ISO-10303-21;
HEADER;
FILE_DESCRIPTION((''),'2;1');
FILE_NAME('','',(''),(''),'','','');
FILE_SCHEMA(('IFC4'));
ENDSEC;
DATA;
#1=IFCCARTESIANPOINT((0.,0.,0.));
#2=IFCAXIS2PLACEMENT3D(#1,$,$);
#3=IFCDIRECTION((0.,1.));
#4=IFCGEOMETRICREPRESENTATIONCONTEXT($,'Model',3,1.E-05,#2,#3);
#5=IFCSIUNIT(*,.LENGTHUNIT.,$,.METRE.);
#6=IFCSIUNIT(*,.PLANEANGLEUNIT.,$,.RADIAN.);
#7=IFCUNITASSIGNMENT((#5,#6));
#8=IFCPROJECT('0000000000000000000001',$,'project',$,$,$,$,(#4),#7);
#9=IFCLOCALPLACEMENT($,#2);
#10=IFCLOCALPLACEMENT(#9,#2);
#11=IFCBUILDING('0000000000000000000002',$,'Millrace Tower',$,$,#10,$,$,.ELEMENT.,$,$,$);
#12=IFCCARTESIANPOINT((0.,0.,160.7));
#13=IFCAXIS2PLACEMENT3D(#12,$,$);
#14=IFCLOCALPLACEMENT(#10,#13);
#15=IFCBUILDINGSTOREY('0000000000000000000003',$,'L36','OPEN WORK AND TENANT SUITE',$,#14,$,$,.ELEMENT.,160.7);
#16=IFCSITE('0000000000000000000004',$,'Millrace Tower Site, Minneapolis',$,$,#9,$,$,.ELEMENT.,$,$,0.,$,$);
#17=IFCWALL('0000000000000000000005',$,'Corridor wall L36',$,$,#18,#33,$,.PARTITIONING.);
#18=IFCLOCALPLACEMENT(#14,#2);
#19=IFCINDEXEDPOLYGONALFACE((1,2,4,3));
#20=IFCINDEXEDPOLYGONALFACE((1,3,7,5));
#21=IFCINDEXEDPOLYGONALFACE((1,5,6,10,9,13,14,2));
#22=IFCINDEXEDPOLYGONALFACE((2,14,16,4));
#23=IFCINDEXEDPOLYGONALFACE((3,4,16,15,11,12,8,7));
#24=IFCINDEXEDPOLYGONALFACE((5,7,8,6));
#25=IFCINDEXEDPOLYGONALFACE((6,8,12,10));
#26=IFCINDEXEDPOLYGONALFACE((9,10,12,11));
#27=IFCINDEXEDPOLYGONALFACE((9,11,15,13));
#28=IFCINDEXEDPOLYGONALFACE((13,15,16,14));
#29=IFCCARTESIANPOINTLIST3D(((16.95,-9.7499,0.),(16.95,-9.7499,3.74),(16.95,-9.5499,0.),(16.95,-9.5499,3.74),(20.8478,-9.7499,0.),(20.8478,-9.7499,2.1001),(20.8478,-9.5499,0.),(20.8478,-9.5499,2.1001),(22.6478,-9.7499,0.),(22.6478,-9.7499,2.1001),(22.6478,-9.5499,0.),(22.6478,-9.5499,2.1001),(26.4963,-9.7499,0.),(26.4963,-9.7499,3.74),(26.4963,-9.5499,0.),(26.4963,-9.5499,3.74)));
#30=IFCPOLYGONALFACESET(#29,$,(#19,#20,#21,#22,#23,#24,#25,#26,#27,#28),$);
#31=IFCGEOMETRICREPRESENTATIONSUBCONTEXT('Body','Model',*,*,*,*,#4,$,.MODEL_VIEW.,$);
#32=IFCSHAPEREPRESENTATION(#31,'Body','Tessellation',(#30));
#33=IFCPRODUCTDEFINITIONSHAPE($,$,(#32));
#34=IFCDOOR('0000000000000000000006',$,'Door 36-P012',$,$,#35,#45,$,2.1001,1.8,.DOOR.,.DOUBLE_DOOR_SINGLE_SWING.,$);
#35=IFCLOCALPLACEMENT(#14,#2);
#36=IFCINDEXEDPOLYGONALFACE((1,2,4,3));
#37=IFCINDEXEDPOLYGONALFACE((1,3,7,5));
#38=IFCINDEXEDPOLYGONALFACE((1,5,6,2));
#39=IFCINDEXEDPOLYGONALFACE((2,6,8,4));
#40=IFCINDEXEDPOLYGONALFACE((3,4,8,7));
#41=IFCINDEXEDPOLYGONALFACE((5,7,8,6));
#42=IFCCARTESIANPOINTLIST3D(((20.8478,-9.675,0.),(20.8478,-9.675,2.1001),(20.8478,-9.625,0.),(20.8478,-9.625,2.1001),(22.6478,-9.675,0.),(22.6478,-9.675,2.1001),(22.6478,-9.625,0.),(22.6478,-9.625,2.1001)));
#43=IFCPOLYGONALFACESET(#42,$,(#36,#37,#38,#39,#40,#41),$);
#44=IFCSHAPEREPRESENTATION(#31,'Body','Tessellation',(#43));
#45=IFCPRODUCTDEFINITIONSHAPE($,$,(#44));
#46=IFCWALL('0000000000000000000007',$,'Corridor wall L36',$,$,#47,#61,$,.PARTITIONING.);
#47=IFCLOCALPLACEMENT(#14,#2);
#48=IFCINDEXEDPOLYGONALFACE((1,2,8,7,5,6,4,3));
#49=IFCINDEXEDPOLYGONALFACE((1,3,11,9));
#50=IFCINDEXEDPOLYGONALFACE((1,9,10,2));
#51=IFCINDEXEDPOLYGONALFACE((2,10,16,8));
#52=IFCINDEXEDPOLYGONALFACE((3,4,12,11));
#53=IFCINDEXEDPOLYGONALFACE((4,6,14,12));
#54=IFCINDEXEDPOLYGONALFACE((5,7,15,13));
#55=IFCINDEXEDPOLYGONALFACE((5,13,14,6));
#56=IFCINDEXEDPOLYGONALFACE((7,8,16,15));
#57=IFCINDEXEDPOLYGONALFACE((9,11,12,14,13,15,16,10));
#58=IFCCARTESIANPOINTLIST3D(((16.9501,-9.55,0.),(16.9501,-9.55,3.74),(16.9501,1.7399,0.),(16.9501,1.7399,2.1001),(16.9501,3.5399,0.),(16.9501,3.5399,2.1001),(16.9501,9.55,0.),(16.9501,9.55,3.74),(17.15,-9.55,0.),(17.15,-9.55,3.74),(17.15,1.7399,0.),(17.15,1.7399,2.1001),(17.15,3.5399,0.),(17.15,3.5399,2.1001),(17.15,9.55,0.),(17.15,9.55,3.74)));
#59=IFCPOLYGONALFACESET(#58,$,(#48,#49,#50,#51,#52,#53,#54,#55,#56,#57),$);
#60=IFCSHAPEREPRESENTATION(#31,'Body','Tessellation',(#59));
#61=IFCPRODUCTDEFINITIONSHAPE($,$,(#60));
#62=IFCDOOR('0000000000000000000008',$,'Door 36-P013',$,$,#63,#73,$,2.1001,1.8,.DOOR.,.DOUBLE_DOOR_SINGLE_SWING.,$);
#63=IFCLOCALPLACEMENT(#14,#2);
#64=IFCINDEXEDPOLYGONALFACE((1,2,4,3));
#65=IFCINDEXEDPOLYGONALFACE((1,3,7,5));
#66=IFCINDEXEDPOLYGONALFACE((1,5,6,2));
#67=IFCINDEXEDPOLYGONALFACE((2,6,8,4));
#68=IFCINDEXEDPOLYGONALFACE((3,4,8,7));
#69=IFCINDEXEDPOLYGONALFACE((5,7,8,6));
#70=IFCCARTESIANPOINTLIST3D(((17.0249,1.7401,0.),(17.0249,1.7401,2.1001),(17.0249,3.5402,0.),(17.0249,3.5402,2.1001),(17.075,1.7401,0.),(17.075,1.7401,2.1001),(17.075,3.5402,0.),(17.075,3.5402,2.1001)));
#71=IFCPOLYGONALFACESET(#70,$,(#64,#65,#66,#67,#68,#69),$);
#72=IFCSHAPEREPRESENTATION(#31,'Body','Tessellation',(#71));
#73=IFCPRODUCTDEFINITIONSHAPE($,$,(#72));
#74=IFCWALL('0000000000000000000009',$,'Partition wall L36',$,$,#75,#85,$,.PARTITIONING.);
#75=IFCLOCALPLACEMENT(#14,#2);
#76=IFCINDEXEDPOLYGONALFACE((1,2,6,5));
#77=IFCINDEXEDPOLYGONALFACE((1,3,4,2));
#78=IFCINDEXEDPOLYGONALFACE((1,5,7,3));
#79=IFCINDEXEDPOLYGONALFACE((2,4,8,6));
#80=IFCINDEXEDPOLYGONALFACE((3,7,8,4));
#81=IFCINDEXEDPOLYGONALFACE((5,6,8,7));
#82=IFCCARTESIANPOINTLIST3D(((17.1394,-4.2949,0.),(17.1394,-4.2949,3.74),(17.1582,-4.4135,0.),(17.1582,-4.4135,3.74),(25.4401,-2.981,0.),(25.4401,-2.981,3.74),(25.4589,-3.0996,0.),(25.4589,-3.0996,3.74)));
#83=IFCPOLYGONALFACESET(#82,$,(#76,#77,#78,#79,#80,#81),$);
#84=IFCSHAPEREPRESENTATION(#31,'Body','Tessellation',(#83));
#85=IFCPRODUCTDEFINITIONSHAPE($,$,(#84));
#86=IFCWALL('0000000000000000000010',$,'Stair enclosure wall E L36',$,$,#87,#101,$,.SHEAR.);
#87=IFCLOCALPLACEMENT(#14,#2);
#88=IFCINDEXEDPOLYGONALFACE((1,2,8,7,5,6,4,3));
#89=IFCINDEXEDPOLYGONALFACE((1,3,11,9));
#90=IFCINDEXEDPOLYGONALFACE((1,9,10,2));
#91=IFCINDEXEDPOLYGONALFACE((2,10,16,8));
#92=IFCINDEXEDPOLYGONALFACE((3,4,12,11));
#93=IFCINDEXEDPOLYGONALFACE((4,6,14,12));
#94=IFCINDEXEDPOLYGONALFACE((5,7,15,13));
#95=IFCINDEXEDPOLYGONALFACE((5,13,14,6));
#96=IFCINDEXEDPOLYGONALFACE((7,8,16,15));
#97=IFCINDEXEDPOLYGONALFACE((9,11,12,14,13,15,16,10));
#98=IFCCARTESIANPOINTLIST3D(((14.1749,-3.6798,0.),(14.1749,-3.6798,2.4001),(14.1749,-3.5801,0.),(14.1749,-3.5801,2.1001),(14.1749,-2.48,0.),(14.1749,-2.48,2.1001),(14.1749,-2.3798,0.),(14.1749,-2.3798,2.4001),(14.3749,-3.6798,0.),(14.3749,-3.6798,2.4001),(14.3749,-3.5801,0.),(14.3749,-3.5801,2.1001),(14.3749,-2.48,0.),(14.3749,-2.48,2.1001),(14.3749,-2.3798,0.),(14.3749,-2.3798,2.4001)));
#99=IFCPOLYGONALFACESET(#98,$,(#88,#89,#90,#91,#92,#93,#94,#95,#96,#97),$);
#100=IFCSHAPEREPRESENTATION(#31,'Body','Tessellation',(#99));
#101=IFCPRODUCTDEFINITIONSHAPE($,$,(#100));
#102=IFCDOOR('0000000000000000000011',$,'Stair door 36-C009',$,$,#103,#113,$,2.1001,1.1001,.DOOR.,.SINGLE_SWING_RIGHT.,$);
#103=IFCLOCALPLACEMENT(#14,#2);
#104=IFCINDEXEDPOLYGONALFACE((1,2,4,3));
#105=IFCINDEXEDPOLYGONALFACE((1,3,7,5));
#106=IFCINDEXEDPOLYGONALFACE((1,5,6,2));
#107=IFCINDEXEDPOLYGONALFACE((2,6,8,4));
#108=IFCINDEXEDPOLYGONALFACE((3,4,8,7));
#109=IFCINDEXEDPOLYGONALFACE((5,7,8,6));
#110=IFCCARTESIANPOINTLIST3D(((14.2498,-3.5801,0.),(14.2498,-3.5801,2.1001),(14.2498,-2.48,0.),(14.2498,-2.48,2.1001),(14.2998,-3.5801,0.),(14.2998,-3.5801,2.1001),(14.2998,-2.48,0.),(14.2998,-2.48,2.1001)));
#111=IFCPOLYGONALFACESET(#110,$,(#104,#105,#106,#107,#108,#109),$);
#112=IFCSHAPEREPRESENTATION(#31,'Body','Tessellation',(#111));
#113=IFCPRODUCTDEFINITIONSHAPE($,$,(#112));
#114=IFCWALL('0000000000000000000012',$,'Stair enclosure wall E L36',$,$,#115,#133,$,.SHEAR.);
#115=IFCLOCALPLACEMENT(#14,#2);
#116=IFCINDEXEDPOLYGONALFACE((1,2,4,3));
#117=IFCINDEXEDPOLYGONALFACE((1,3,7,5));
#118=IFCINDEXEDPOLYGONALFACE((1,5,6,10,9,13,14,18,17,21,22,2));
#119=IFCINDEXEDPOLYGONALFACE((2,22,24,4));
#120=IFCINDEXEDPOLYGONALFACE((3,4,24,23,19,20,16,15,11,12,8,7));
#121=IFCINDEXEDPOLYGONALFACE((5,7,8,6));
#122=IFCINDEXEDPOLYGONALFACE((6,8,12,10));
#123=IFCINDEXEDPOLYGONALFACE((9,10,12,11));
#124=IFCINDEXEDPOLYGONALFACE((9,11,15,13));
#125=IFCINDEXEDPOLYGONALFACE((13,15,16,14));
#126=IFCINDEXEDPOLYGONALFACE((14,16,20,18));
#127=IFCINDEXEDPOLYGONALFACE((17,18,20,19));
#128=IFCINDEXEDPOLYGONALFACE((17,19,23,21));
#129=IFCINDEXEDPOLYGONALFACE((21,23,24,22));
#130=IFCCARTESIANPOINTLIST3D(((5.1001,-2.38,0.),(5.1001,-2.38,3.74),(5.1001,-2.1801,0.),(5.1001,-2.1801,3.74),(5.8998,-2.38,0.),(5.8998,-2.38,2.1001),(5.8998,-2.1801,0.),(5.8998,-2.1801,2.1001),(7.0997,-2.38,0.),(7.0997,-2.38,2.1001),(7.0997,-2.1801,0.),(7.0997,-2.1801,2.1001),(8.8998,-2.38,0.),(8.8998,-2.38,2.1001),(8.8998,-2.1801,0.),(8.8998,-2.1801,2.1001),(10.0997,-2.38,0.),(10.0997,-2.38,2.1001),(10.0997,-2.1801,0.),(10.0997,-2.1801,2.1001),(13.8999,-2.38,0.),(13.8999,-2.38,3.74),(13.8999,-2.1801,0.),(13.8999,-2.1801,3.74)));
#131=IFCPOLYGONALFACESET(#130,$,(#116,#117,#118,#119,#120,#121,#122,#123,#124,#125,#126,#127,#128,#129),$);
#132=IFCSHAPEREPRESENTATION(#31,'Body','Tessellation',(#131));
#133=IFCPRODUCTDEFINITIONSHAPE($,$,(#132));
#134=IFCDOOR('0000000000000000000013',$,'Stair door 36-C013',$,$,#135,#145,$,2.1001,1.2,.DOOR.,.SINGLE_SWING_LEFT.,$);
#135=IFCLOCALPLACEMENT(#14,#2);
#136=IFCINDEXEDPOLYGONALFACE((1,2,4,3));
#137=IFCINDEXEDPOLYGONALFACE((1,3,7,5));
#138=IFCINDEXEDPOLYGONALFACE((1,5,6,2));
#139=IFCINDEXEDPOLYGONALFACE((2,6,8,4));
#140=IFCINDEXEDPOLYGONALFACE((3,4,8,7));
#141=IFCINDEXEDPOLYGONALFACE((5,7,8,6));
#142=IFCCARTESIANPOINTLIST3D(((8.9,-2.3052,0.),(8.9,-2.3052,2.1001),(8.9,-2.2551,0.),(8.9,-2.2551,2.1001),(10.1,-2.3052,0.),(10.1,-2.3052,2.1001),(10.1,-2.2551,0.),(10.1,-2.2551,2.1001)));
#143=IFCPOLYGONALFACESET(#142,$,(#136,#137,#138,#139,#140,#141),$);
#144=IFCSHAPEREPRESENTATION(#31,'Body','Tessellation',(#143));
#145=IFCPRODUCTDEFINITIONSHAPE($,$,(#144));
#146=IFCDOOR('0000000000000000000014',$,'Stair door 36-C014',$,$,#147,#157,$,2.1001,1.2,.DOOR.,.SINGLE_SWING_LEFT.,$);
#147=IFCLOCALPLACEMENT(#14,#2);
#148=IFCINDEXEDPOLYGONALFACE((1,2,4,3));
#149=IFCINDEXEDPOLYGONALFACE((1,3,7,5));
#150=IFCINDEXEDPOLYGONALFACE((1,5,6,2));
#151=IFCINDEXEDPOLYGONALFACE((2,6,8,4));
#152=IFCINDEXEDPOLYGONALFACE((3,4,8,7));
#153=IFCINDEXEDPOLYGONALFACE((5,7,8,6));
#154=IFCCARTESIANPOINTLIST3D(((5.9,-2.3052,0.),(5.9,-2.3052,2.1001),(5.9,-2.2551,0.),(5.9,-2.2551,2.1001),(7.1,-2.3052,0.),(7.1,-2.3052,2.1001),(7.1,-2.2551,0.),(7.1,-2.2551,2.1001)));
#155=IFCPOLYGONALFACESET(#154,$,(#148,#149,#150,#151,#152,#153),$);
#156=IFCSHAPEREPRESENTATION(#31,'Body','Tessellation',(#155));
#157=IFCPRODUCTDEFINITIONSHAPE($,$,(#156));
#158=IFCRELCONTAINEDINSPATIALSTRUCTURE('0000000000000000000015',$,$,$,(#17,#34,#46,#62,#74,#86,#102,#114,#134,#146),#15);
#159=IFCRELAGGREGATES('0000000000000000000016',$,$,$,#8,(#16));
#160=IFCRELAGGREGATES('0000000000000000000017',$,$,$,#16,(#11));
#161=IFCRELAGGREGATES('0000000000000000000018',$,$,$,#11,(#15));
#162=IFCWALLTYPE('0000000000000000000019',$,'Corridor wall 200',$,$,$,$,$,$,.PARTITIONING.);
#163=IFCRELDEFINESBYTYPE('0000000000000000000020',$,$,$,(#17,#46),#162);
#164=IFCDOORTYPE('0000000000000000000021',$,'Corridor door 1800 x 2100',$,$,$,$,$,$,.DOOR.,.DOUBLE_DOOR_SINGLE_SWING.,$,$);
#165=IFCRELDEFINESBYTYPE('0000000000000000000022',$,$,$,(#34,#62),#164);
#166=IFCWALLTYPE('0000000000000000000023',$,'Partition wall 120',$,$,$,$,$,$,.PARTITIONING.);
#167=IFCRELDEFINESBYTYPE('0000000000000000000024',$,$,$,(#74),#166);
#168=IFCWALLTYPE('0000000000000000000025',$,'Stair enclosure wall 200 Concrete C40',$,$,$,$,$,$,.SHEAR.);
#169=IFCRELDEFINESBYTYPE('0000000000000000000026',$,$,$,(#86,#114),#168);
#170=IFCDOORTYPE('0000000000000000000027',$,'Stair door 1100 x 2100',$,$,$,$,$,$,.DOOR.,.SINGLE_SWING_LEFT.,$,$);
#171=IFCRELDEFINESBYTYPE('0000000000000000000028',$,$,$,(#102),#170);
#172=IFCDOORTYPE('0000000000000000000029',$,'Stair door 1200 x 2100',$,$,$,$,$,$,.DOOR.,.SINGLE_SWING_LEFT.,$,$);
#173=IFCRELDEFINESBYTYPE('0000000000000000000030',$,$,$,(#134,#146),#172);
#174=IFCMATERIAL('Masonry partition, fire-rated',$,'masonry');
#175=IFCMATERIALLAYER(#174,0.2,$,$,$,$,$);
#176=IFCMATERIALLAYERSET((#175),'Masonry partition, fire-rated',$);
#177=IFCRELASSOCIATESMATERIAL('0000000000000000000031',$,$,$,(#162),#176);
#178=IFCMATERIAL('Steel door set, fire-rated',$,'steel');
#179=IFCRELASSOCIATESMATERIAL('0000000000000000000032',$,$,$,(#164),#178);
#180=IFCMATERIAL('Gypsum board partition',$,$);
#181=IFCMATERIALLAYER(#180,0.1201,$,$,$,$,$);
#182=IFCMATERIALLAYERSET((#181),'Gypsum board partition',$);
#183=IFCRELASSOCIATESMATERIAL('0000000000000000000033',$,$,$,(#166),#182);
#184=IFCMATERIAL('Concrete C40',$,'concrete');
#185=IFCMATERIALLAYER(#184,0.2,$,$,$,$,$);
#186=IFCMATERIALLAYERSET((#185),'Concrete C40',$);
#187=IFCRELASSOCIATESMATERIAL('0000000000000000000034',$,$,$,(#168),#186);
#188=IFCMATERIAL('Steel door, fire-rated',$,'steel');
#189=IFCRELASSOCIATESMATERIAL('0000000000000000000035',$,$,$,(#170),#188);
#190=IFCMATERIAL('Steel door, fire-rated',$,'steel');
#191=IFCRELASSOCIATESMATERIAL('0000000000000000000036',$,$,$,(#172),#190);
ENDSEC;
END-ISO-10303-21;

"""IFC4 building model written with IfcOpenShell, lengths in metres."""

from ifc_helpers import new_model, si_unit, direction, frame, frame_2d, origin, place, context, subcontext, project, spatial, rectangle, extrude, material, layer, layer_set, type_object, element, fill, save


model = new_model("IFC4")

# Units and contexts
model_context = context("Model", 3, precision=1e-05, world=origin(), true_north=direction((0.0, 1.0)))
body_context = subcontext(model_context, "Body", "Model", "MODEL_VIEW")
ifc_project = project(units=[si_unit("LENGTHUNIT", "METRE"), si_unit("PLANEANGLEUNIT", "RADIAN")], contexts=[model_context])

# Site, building, storey
site_placement = place(None, origin())
site = spatial("IfcSite", under=ifc_project, at=site_placement, Name="Millrace Tower Site, Minneapolis", CompositionType="ELEMENT", RefElevation=0.0)
building_placement = place(site_placement, origin())
building = spatial("IfcBuilding", under=site, at=building_placement, Name="Millrace Tower", CompositionType="ELEMENT")
storey_placement = place(building_placement, frame((0.0, 0.0, 160.7)))
storey = spatial("IfcBuildingStorey", under=building, at=storey_placement, Name="L36", Description="OPEN WORK AND TENANT SUITE", CompositionType="ELEMENT", Elevation=160.7)

# Walls, openings, doors
ifc_material_1 = material(Name="Masonry partition, fire-rated", Category="masonry")
ifc_layer_1 = layer(ifc_material_1, 0.2)
ifc_layer_set_1 = layer_set([ifc_layer_1], Name="Masonry partition, fire-rated")
wall_type_1 = type_object("IfcWallType", Name="Corridor wall 200", PredefinedType="PARTITIONING", material=ifc_layer_set_1)
wall_1_placement = place(storey_placement, frame((16.95, -9.6499, 0.0), z_axis=(0.0, 0.0, 1.0), x_axis=(1.0, 0.0, 0.0)))
wall_1 = element("IfcWall", 1, at=wall_1_placement, inside=storey, type_object=wall_type_1, Name="Corridor wall L36", PredefinedType="PARTITIONING", context=body_context, shape_type="SweptSolid", body=[
    extrude(rectangle(XDim=9.5464, YDim=0.2, at=frame_2d((4.7732, 0.0))), origin(), (0.0, 0.0, 1.0), 3.74),
])
opening_1_placement = place(wall_1_placement, frame((3.8979, 0.0, 0.0)))
opening_1 = element("IfcOpeningElement", 2, at=opening_1_placement, cuts=wall_1, PredefinedType="OPENING", context=body_context, shape_type="SweptSolid", body=[
    extrude(rectangle(XDim=1.8, YDim=2.1001, at=frame_2d((0.8999, 1.05))), frame((0.0, 0.1099, 0.0), z_axis=(0.0, -1.0, 0.0), x_axis=(1.0, 0.0, 0.0)), (0.0, 0.0, 1.0), 0.22),
])
ifc_material_2 = material(Name="Steel door set, fire-rated", Category="steel")
door_type_1 = type_object("IfcDoorType", Name="Corridor door 1800 x 2100", OperationType="DOUBLE_DOOR_SINGLE_SWING", PredefinedType="DOOR", material=ifc_material_2)
door_1_placement = place(opening_1_placement, origin())
door_1 = element("IfcDoor", 3, at=door_1_placement, inside=storey, type_object=door_type_1, Name="Door 36-P012", OperationType="DOUBLE_DOOR_SINGLE_SWING", OverallHeight=2.1001, OverallWidth=1.8, PredefinedType="DOOR", context=body_context, shape_type="SweptSolid", body=[
    extrude(rectangle(XDim=1.8, YDim=2.1001, at=frame_2d((0.8999, 1.05))), frame((0.0, 0.0249, 0.0), z_axis=(0.0, -1.0, 0.0), x_axis=(1.0, 0.0, 0.0)), (0.0, 0.0, 1.0), 0.05),
])
fill(opening_1, door_1)
wall_2_placement = place(storey_placement, frame((17.05, -9.55, 0.0), z_axis=(0.0, 0.0, 1.0), x_axis=(0.0, 1.0, 0.0)))
wall_2 = element("IfcWall", 4, at=wall_2_placement, inside=storey, type_object=wall_type_1, Name="Corridor wall L36", PredefinedType="PARTITIONING", context=body_context, shape_type="SweptSolid", body=[
    extrude(rectangle(XDim=19.1001, YDim=0.2, at=frame_2d((9.55, 0.0))), origin(), (0.0, 0.0, 1.0), 3.74),
])
opening_2_placement = place(wall_2_placement, frame((11.29, 0.0, 0.0)))
opening_2 = element("IfcOpeningElement", 5, at=opening_2_placement, cuts=wall_2, PredefinedType="OPENING", context=body_context, shape_type="SweptSolid", body=[
    extrude(rectangle(XDim=1.8, YDim=2.1001, at=frame_2d((0.8999, 1.05))), frame((0.0, 0.1099, 0.0), z_axis=(0.0, -1.0, 0.0), x_axis=(1.0, 0.0, 0.0)), (0.0, 0.0, 1.0), 0.22),
])
door_2_placement = place(opening_2_placement, frame((1.8, 0.0, 0.0), z_axis=(0.0, 0.0, 1.0), x_axis=(-1.0, 0.0, 0.0)))
door_2 = element("IfcDoor", 6, at=door_2_placement, inside=storey, type_object=door_type_1, Name="Door 36-P013", OperationType="DOUBLE_DOOR_SINGLE_SWING", OverallHeight=2.1001, OverallWidth=1.8, PredefinedType="DOOR", context=body_context, shape_type="SweptSolid", body=[
    extrude(rectangle(XDim=1.8, YDim=2.1001, at=frame_2d((0.8999, 1.05))), frame((0.0, 0.0249, 0.0), z_axis=(0.0, -1.0, 0.0), x_axis=(1.0, 0.0, 0.0)), (0.0, 0.0, 1.0), 0.05),
])
fill(opening_2, door_2)

# Wall
ifc_material_3 = material(Name="Gypsum board partition")
ifc_layer_2 = layer(ifc_material_3, 0.1201)
ifc_layer_set_2 = layer_set([ifc_layer_2], Name="Gypsum board partition")
wall_type_2 = type_object("IfcWallType", Name="Partition wall 120", PredefinedType="PARTITIONING", material=ifc_layer_set_2)
wall_3_placement = place(storey_placement, frame((17.1487, -4.3542, 0.0), z_axis=(0.0, 0.0, 1.0), x_axis=(0.987702, 0.156347, 0.0)))
element("IfcWall", 7, at=wall_3_placement, inside=storey, type_object=wall_type_2, Name="Partition wall L36", PredefinedType="PARTITIONING", context=body_context, shape_type="SweptSolid", body=[
    extrude(rectangle(XDim=8.4041, YDim=0.1201, at=frame_2d((4.2021, 0.0))), origin(), (0.0, 0.0, 1.0), 3.74),
])

# Wall, opening, door
ifc_material_4 = material(Name="Concrete C40", Category="concrete")
ifc_layer_3 = layer(ifc_material_4, 0.2)
ifc_layer_set_3 = layer_set([ifc_layer_3], Name="Concrete C40")
wall_type_3 = type_object("IfcWallType", Name="Stair enclosure wall 200 Concrete C40", PredefinedType="SHEAR", material=ifc_layer_set_3)
wall_4_placement = place(storey_placement, frame((14.2749, -2.3799, 0.0), z_axis=(0.0, 0.0, 1.0), x_axis=(0.0, -1.0, 0.0)))
wall_4 = element("IfcWall", 8, at=wall_4_placement, inside=storey, type_object=wall_type_3, Name="Stair enclosure wall E L36", PredefinedType="SHEAR", context=body_context, shape_type="SweptSolid", body=[
    extrude(rectangle(XDim=1.3, YDim=0.2, at=frame_2d((0.6499, 0.0))), origin(), (0.0, 0.0, 1.0), 2.4001),
])
opening_3_placement = place(wall_4_placement, frame((0.1001, 0.0, 0.0)))
opening_3 = element("IfcOpeningElement", 9, at=opening_3_placement, cuts=wall_4, PredefinedType="OPENING", context=body_context, shape_type="SweptSolid", body=[
    extrude(rectangle(XDim=1.1001, YDim=2.1001, at=frame_2d((0.55, 1.05))), frame((0.0, 0.1099, 0.0), z_axis=(0.0, -1.0, 0.0), x_axis=(1.0, 0.0, 0.0)), (0.0, 0.0, 1.0), 0.22),
])
ifc_material_5 = material(Name="Steel door, fire-rated", Category="steel")
door_type_2 = type_object("IfcDoorType", Name="Stair door 1100 x 2100", OperationType="SINGLE_SWING_LEFT", PredefinedType="DOOR", material=ifc_material_5)
door_3_placement = place(opening_3_placement, origin())
door_3 = element("IfcDoor", 10, at=door_3_placement, inside=storey, type_object=door_type_2, Name="Stair door 36-C009", OperationType="SINGLE_SWING_RIGHT", OverallHeight=2.1001, OverallWidth=1.1001, PredefinedType="DOOR", context=body_context, shape_type="SweptSolid", body=[
    extrude(rectangle(XDim=1.1001, YDim=2.1001, at=frame_2d((0.55, 1.05))), frame((0.0, 0.0249, 0.0), z_axis=(0.0, -1.0, 0.0), x_axis=(1.0, 0.0, 0.0)), (0.0, 0.0, 1.0), 0.05),
])
fill(opening_3, door_3)

# Wall, openings, doors
wall_5_placement = place(storey_placement, frame((13.8999, -2.28, 0.0), z_axis=(0.0, 0.0, 1.0), x_axis=(-1.0, 0.0, 0.0)))
wall_5 = element("IfcWall", 11, at=wall_5_placement, inside=storey, type_object=wall_type_3, Name="Stair enclosure wall E L36", PredefinedType="SHEAR", context=body_context, shape_type="SweptSolid", body=[
    extrude(rectangle(XDim=8.7998, YDim=0.2, at=frame_2d((4.3999, 0.0))), origin(), (0.0, 0.0, 1.0), 3.74),
])
opening_4_placement = place(wall_5_placement, frame((3.8, 0.0, 0.0)))
opening_4 = element("IfcOpeningElement", 12, at=opening_4_placement, cuts=wall_5, PredefinedType="OPENING", context=body_context, shape_type="SweptSolid", body=[
    extrude(rectangle(XDim=1.2, YDim=2.1001, at=frame_2d((0.6001, 1.05))), frame((0.0, 0.1099, 0.0), z_axis=(0.0, -1.0, 0.0), x_axis=(1.0, 0.0, 0.0)), (0.0, 0.0, 1.0), 0.22),
])
opening_5_placement = place(wall_5_placement, frame((6.8, 0.0, 0.0)))
opening_5 = element("IfcOpeningElement", 13, at=opening_5_placement, cuts=wall_5, PredefinedType="OPENING", context=body_context, shape_type="SweptSolid", body=[
    extrude(rectangle(XDim=1.2, YDim=2.1001, at=frame_2d((0.6001, 1.05))), frame((0.0, 0.1099, 0.0), z_axis=(0.0, -1.0, 0.0), x_axis=(1.0, 0.0, 0.0)), (0.0, 0.0, 1.0), 0.22),
])
ifc_material_6 = material(Name="Steel door, fire-rated", Category="steel")
door_type_3 = type_object("IfcDoorType", Name="Stair door 1200 x 2100", OperationType="SINGLE_SWING_LEFT", PredefinedType="DOOR", material=ifc_material_6)
door_4_placement = place(opening_4_placement, frame((1.2, 0.0, 0.0), z_axis=(0.0, 0.0, 1.0), x_axis=(-1.0, 0.0, 0.0)))
door_4 = element("IfcDoor", 14, at=door_4_placement, inside=storey, type_object=door_type_3, Name="Stair door 36-C013", OperationType="SINGLE_SWING_LEFT", OverallHeight=2.1001, OverallWidth=1.2, PredefinedType="DOOR", context=body_context, shape_type="SweptSolid", body=[
    extrude(rectangle(XDim=1.2, YDim=2.1001, at=frame_2d((0.6001, 1.05))), frame((0.0, 0.0249, 0.0), z_axis=(0.0, -1.0, 0.0), x_axis=(1.0, 0.0, 0.0)), (0.0, 0.0, 1.0), 0.05),
])
fill(opening_4, door_4)
door_5_placement = place(opening_5_placement, frame((1.2, 0.0, 0.0), z_axis=(0.0, 0.0, 1.0), x_axis=(-1.0, 0.0, 0.0)))
door_5 = element("IfcDoor", 15, at=door_5_placement, inside=storey, type_object=door_type_3, Name="Stair door 36-C014", OperationType="SINGLE_SWING_LEFT", OverallHeight=2.1001, OverallWidth=1.2, PredefinedType="DOOR", context=body_context, shape_type="SweptSolid", body=[
    extrude(rectangle(XDim=1.2, YDim=2.1001, at=frame_2d((0.6001, 1.05))), frame((0.0, 0.0249, 0.0), z_axis=(0.0, -1.0, 0.0), x_axis=(1.0, 0.0, 0.0)), (0.0, 0.0, 1.0), 0.05),
])
fill(opening_5, door_5)

save(model, "model.ifc")
